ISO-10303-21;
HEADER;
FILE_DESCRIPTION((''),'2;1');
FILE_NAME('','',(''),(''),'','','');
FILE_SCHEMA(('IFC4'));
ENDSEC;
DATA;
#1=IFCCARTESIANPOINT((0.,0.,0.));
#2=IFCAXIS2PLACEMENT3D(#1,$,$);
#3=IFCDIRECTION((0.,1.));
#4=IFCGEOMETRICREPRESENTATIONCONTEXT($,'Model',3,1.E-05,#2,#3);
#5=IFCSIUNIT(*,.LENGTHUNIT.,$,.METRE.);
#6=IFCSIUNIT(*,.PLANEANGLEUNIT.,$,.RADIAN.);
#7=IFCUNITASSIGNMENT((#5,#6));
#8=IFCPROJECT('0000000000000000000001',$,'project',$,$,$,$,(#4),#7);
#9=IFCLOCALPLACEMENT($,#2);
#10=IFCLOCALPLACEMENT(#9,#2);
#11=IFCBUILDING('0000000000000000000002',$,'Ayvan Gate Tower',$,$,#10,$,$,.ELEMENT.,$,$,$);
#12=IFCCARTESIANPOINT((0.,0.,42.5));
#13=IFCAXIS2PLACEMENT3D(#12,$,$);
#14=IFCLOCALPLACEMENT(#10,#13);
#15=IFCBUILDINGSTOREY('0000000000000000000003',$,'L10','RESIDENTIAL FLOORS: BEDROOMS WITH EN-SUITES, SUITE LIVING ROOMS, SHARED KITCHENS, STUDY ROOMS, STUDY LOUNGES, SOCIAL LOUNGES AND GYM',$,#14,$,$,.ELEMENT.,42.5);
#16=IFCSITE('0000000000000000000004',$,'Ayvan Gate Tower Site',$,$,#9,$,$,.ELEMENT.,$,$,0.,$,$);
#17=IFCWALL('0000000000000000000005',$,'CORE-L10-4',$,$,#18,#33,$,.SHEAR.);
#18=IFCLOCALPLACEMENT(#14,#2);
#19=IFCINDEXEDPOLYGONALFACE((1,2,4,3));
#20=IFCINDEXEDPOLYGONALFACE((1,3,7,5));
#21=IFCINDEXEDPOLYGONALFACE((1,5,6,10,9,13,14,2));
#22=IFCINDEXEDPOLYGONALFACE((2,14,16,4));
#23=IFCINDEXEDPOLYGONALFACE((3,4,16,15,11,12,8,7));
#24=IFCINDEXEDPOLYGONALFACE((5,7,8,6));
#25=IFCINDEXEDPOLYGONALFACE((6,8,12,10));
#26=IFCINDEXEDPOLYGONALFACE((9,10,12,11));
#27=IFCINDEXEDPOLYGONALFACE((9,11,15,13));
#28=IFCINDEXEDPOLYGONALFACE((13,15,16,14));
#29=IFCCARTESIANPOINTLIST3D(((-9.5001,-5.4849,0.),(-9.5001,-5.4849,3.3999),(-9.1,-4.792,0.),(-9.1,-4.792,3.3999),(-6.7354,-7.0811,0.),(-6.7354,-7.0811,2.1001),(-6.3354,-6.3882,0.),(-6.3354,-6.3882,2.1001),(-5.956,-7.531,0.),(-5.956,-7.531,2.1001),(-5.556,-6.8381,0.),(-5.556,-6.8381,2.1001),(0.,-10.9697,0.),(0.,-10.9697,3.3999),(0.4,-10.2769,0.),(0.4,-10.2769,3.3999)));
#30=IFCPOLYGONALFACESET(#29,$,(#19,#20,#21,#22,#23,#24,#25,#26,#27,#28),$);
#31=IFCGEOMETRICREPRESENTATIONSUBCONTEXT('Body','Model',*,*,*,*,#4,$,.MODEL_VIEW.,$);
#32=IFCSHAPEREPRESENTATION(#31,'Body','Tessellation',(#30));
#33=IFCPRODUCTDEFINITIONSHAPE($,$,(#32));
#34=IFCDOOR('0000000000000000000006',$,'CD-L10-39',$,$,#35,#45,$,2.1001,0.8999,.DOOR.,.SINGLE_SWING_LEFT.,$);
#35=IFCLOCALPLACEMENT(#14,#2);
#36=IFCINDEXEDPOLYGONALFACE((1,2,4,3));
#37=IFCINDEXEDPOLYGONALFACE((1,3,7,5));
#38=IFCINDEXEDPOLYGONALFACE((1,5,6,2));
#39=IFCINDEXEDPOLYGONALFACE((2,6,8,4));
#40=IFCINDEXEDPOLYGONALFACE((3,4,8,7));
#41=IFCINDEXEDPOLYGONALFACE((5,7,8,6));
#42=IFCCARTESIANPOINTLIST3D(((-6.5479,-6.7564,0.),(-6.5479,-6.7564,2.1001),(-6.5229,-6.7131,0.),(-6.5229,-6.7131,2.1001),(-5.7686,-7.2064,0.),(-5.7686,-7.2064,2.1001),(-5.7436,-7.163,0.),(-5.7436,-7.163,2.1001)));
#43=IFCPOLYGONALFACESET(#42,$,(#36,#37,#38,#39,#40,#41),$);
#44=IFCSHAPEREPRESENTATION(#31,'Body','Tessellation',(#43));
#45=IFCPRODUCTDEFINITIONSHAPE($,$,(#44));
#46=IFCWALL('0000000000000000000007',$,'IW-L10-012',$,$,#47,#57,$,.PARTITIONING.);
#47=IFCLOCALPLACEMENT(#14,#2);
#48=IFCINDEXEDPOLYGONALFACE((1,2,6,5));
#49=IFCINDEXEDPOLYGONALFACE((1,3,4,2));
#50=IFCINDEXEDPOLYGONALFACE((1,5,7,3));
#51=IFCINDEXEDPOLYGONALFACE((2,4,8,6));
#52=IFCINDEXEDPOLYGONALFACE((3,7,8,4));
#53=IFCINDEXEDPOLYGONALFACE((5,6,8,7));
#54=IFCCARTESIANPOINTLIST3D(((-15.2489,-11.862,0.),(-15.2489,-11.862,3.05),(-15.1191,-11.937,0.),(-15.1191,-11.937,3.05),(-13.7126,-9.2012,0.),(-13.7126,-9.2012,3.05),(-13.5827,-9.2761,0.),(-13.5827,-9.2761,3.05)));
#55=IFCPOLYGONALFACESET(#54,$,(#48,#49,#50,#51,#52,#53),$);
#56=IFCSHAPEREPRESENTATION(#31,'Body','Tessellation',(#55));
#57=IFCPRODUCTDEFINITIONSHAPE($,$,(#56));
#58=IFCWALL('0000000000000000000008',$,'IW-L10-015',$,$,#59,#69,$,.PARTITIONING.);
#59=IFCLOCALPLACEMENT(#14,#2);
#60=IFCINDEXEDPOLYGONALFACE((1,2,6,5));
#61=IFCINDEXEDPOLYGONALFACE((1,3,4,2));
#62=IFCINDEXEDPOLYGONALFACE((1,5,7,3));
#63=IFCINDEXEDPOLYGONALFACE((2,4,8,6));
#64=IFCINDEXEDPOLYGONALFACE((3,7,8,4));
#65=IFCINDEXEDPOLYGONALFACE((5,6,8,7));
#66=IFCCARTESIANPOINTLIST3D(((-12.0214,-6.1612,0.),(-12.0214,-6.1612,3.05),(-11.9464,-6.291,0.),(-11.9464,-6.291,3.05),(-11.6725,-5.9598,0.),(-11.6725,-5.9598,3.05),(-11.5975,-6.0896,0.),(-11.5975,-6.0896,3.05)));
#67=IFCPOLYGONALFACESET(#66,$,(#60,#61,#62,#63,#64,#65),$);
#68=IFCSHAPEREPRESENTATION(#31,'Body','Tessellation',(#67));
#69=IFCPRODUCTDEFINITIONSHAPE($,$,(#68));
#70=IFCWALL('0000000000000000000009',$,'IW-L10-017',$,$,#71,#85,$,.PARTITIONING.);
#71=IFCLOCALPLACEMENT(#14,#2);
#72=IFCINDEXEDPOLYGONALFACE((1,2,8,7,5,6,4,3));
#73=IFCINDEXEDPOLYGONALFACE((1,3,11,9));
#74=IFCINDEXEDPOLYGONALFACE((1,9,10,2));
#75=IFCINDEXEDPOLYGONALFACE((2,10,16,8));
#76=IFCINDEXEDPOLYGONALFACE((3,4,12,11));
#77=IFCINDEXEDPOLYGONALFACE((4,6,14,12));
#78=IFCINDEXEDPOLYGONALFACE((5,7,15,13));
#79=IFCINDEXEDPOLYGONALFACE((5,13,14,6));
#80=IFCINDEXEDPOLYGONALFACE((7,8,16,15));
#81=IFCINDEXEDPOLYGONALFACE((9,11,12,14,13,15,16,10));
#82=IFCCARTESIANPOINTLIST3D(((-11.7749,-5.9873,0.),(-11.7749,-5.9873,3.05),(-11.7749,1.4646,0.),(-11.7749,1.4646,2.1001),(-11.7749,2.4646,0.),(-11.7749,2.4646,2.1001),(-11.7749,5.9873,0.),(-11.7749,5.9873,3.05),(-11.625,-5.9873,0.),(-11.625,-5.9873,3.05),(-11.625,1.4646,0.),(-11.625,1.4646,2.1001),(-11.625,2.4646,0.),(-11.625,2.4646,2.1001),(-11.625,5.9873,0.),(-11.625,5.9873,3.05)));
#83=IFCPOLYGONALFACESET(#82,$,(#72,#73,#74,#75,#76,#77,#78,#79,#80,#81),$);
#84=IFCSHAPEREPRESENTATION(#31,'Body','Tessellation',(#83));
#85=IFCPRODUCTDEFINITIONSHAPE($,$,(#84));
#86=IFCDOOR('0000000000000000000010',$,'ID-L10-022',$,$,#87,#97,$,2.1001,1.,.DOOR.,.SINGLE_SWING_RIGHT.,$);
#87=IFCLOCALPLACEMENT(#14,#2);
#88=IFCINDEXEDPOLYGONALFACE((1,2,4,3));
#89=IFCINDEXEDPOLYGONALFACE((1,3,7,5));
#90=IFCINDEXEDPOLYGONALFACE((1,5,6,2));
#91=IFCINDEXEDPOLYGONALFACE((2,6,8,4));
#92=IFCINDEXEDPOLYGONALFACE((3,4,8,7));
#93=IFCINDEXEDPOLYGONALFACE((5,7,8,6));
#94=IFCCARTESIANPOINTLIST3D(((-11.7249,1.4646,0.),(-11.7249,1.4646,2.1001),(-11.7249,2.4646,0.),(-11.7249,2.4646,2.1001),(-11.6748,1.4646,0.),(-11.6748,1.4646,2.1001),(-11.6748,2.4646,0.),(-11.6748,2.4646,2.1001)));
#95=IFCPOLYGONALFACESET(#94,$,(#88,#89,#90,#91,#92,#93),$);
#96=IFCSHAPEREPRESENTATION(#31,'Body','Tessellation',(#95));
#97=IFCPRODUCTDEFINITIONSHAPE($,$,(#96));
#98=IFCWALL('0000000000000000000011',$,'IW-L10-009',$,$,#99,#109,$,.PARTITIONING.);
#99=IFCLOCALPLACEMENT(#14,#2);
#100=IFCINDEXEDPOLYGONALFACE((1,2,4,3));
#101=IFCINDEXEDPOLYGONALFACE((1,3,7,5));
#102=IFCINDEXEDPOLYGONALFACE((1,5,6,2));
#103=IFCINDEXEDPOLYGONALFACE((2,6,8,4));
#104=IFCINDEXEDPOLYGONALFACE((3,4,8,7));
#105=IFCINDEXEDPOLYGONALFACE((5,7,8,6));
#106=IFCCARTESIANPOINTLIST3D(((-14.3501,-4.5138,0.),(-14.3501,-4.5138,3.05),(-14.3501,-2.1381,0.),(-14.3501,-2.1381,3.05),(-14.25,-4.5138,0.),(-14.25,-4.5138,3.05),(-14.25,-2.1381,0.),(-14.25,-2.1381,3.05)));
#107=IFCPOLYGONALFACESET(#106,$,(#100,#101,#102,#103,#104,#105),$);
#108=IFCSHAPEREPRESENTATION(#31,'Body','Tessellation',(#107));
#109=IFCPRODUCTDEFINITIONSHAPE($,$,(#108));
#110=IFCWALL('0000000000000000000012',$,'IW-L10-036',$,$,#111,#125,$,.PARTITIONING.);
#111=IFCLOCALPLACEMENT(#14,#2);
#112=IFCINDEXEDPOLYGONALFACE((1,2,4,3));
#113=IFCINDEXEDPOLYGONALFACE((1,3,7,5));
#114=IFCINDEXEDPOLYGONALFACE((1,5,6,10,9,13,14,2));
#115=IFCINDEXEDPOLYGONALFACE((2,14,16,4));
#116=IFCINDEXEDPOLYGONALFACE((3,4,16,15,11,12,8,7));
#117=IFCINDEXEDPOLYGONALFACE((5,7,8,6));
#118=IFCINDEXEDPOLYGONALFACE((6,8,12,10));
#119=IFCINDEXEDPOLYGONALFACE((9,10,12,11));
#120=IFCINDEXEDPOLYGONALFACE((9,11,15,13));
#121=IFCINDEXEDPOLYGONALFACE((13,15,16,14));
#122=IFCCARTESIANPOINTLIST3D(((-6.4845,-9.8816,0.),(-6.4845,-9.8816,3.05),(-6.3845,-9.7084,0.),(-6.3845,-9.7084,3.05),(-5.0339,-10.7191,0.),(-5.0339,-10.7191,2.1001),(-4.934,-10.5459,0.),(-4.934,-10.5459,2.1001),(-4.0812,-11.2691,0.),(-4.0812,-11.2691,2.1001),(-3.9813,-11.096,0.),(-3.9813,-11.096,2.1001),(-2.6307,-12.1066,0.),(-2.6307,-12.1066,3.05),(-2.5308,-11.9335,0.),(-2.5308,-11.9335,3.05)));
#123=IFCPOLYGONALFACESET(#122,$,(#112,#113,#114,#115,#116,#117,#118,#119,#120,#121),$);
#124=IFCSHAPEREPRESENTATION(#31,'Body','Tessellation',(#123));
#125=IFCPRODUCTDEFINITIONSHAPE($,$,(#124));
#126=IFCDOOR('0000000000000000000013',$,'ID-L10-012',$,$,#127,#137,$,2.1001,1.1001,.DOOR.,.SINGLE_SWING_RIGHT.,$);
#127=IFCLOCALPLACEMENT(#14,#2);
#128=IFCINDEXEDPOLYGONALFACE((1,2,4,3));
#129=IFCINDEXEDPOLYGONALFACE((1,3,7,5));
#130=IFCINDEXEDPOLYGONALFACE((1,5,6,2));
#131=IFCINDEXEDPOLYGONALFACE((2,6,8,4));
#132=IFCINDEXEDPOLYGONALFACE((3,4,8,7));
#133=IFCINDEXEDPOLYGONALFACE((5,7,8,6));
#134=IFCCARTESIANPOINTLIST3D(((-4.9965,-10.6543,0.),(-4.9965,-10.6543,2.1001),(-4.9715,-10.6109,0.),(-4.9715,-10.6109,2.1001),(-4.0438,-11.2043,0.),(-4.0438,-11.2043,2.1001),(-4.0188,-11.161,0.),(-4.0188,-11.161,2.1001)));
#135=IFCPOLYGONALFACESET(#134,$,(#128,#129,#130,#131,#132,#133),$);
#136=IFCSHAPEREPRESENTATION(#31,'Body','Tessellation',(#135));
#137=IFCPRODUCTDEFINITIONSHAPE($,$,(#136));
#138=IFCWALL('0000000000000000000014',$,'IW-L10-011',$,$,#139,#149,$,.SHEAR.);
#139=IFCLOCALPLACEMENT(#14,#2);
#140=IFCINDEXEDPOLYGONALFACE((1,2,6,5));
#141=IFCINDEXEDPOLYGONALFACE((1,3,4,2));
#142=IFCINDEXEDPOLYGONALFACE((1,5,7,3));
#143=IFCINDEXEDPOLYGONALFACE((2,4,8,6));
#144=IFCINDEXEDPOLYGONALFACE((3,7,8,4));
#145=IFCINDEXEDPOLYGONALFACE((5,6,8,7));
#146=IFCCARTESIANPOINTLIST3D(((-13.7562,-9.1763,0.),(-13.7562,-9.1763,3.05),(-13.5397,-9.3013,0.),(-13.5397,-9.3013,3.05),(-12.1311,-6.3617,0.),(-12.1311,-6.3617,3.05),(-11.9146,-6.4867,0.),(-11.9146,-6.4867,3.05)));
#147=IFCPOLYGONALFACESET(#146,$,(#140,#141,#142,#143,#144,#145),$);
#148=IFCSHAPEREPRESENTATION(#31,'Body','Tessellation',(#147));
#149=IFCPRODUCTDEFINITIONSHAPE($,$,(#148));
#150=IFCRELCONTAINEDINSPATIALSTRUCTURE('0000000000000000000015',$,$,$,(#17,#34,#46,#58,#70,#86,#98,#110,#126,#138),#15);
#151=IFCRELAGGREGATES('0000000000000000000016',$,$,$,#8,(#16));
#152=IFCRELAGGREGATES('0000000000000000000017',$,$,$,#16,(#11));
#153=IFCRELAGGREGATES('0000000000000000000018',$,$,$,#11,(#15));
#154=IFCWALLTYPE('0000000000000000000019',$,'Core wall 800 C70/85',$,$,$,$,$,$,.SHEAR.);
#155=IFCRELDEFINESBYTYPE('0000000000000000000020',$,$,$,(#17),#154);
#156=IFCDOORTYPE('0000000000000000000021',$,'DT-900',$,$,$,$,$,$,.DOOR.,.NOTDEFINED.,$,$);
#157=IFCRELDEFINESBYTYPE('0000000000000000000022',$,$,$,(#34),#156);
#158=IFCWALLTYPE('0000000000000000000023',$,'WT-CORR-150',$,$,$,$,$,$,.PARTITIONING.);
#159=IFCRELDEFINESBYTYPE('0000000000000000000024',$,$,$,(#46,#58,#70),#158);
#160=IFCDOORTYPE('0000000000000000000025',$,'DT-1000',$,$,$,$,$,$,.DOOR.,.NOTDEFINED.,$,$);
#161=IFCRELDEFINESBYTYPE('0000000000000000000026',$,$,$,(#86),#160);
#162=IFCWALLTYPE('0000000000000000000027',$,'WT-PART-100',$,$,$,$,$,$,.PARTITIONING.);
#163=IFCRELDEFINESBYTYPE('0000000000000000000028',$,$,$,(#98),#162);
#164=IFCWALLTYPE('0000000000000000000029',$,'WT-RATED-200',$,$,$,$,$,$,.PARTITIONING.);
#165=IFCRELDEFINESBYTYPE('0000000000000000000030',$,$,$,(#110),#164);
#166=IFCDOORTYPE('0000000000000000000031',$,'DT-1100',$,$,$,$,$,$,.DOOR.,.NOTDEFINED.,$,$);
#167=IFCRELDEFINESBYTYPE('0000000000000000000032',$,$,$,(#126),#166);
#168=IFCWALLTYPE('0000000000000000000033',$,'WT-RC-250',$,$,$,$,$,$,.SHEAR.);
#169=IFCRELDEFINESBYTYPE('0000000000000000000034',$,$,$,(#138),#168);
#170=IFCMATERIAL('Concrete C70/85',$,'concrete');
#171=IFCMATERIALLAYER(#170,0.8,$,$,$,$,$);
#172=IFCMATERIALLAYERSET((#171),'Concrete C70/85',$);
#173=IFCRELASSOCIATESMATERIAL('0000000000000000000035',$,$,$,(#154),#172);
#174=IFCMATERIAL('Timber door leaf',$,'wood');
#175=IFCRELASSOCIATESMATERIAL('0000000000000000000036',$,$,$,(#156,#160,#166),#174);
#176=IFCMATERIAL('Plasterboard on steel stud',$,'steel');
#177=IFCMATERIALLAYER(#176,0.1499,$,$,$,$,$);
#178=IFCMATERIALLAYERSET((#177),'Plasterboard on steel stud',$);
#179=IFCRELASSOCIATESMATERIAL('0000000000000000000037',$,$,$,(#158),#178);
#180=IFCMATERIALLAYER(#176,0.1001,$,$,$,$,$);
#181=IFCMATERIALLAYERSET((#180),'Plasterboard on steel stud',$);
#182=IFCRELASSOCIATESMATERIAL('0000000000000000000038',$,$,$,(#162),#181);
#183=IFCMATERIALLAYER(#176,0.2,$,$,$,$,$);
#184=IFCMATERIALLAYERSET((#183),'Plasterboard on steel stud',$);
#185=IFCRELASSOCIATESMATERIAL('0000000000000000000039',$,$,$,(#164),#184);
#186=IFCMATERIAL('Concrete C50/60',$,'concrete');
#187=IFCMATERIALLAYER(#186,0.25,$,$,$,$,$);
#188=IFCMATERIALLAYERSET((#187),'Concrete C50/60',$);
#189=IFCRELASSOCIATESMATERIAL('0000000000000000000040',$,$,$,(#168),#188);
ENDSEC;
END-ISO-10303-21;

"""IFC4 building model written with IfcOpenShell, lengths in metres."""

from ifc_helpers import new_model, si_unit, direction, frame, frame_2d, origin, place, context, subcontext, project, spatial, rectangle, extrude, material, layer, layer_set, type_object, element, fill, save


model = new_model("IFC4")

# Units and contexts
model_context = context("Model", 3, precision=1e-05, world=origin(), true_north=direction((0.0, 1.0)))
body_context = subcontext(model_context, "Body", "Model", "MODEL_VIEW")
ifc_project = project(units=[si_unit("LENGTHUNIT", "METRE"), si_unit("PLANEANGLEUNIT", "RADIAN")], contexts=[model_context])

# Site, building, storey
site_placement = place(None, origin())
site = spatial("IfcSite", under=ifc_project, at=site_placement, Name="Ayvan Gate Tower Site", CompositionType="ELEMENT", RefElevation=0.0)
building_placement = place(site_placement, origin())
building = spatial("IfcBuilding", under=site, at=building_placement, Name="Ayvan Gate Tower", CompositionType="ELEMENT")
storey_placement = place(building_placement, frame((0.0, 0.0, 42.5)))
storey = spatial("IfcBuildingStorey", under=building, at=storey_placement, Name="L10", Description="RESIDENTIAL FLOORS: BEDROOMS WITH EN-SUITES, SUITE LIVING ROOMS, SHARED KITCHENS, STUDY ROOMS, STUDY LOUNGES, SOCIAL LOUNGES AND GYM", CompositionType="ELEMENT", Elevation=42.5)

# Wall, opening, door
ifc_material_1 = material(Name="Concrete C70/85", Category="concrete")
ifc_layer_1 = layer(ifc_material_1, 0.8)
ifc_layer_set_1 = layer_set([ifc_layer_1], Name="Concrete C70/85")
wall_type_1 = type_object("IfcWallType", Name="Core wall 800 C70/85", PredefinedType="SHEAR", material=ifc_layer_set_1)
wall_1_placement = place(storey_placement, frame((-9.3, -5.1384, 0.0), z_axis=(0.0, 0.0, 1.0), x_axis=(0.866024, -0.500002, 0.0)))
wall_1 = element("IfcWall", 1, at=wall_1_placement, inside=storey, type_object=wall_type_1, Name="CORE-L10-4", PredefinedType="SHEAR", context=body_context, shape_type="SweptSolid", body=[
    extrude(rectangle(XDim=10.9697, YDim=0.8, at=frame_2d((5.4849, 0.0))), origin(), (0.0, 0.0, 1.0), 3.3999),
])
opening_1_placement = place(wall_1_placement, frame((3.1924, 0.0, 0.0)))
opening_1 = element("IfcOpeningElement", 2, at=opening_1_placement, cuts=wall_1, PredefinedType="OPENING", context=body_context, shape_type="SweptSolid", body=[
    extrude(rectangle(XDim=0.8999, YDim=2.1001, at=frame_2d((0.45, 1.05))), frame((0.0, 0.4099, 0.0), z_axis=(0.0, -1.0, 0.0), x_axis=(1.0, 0.0, 0.0)), (0.0, 0.0, 1.0), 0.8201),
])
ifc_material_2 = material(Name="Timber door leaf", Category="wood")
door_type_1 = type_object("IfcDoorType", Name="DT-900", OperationType="NOTDEFINED", PredefinedType="DOOR", material=ifc_material_2)
door_1_placement = place(opening_1_placement, origin())
door_1 = element("IfcDoor", 3, at=door_1_placement, inside=storey, type_object=door_type_1, Name="CD-L10-39", OperationType="SINGLE_SWING_LEFT", OverallHeight=2.1001, OverallWidth=0.8999, PredefinedType="DOOR", context=body_context, shape_type="SweptSolid", body=[
    extrude(rectangle(XDim=0.8999, YDim=2.1001, at=frame_2d((0.45, 1.05))), frame((0.0, 0.0249, 0.0), z_axis=(0.0, -1.0, 0.0), x_axis=(1.0, 0.0, 0.0)), (0.0, 0.0, 1.0), 0.05),
])
fill(opening_1, door_1)

# Walls
ifc_material_3 = material(Name="Plasterboard on steel stud", Category="steel")
ifc_layer_2 = layer(ifc_material_3, 0.1499)
ifc_layer_set_2 = layer_set([ifc_layer_2], Name="Plasterboard on steel stud")
wall_type_2 = type_object("IfcWallType", Name="WT-CORR-150", PredefinedType="PARTITIONING", material=ifc_layer_set_2)
wall_2_placement = place(storey_placement, frame((-13.6477, -9.2388, 0.0), z_axis=(0.0, 0.0, 1.0), x_axis=(-0.500027, -0.86601, 0.0)))
element("IfcWall", 4, at=wall_2_placement, inside=storey, type_object=wall_type_2, Name="IW-L10-012", PredefinedType="PARTITIONING", context=body_context, shape_type="SweptSolid", body=[
    extrude(rectangle(XDim=3.0725, YDim=0.1499, at=frame_2d((1.5361, 0.0))), origin(), (0.0, 0.0, 1.0), 3.05),
])
wall_3_placement = place(storey_placement, frame((-11.9839, -6.2261, 0.0), z_axis=(0.0, 0.0, 1.0), x_axis=(0.866034, 0.499985, 0.0)))
element("IfcWall", 5, at=wall_3_placement, inside=storey, type_object=wall_type_2, Name="IW-L10-015", PredefinedType="PARTITIONING", context=body_context, shape_type="SweptSolid", body=[
    extrude(rectangle(XDim=0.4028, YDim=0.1499, at=frame_2d((0.2014, 0.0))), origin(), (0.0, 0.0, 1.0), 3.05),
])

# Wall, opening, door
wall_4_placement = place(storey_placement, frame((-11.7, -5.9873, 0.0), z_axis=(0.0, 0.0, 1.0), x_axis=(0.0, 1.0, 0.0)))
wall_4 = element("IfcWall", 6, at=wall_4_placement, inside=storey, type_object=wall_type_2, Name="IW-L10-017", PredefinedType="PARTITIONING", context=body_context, shape_type="SweptSolid", body=[
    extrude(rectangle(XDim=11.9746, YDim=0.1499, at=frame_2d((5.9873, 0.0))), origin(), (0.0, 0.0, 1.0), 3.05),
])
opening_2_placement = place(wall_4_placement, frame((7.4519, 0.0, 0.0)))
opening_2 = element("IfcOpeningElement", 7, at=opening_2_placement, cuts=wall_4, PredefinedType="OPENING", context=body_context, shape_type="SweptSolid", body=[
    extrude(rectangle(XDim=1.0, YDim=2.1001, at=frame_2d((0.5, 1.05))), frame((0.0, 0.085, 0.0), z_axis=(0.0, -1.0, 0.0), x_axis=(1.0, 0.0, 0.0)), (0.0, 0.0, 1.0), 0.1699),
])
door_type_2 = type_object("IfcDoorType", Name="DT-1000", OperationType="NOTDEFINED", PredefinedType="DOOR", material=ifc_material_2)
door_2_placement = place(opening_2_placement, origin())
door_2 = element("IfcDoor", 8, at=door_2_placement, inside=storey, type_object=door_type_2, Name="ID-L10-022", OperationType="SINGLE_SWING_RIGHT", OverallHeight=2.1001, OverallWidth=1.0, PredefinedType="DOOR", context=body_context, shape_type="SweptSolid", body=[
    extrude(rectangle(XDim=1.0, YDim=2.1001, at=frame_2d((0.5, 1.05))), frame((0.0, 0.0249, 0.0), z_axis=(0.0, -1.0, 0.0), x_axis=(1.0, 0.0, 0.0)), (0.0, 0.0, 1.0), 0.05),
])
fill(opening_2, door_2)

# Wall
ifc_layer_3 = layer(ifc_material_3, 0.1001)
ifc_layer_set_3 = layer_set([ifc_layer_3], Name="Plasterboard on steel stud")
wall_type_3 = type_object("IfcWallType", Name="WT-PART-100", PredefinedType="PARTITIONING", material=ifc_layer_set_3)
wall_5_placement = place(storey_placement, frame((-14.3, -2.1379, 0.0), z_axis=(0.0, 0.0, 1.0), x_axis=(0.0, -1.0, 0.0)))
element("IfcWall", 9, at=wall_5_placement, inside=storey, type_object=wall_type_3, Name="IW-L10-009", PredefinedType="PARTITIONING", context=body_context, shape_type="SweptSolid", body=[
    extrude(rectangle(XDim=2.3757, YDim=0.1001, at=frame_2d((1.188, 0.0))), origin(), (0.0, 0.0, 1.0), 3.05),
])

# Wall, opening, door
ifc_layer_4 = layer(ifc_material_3, 0.2)
ifc_layer_set_4 = layer_set([ifc_layer_4], Name="Plasterboard on steel stud")
wall_type_4 = type_object("IfcWallType", Name="WT-RATED-200", PredefinedType="PARTITIONING", material=ifc_layer_set_4)
wall_6_placement = place(storey_placement, frame((-6.4346, -9.7949, 0.0), z_axis=(0.0, 0.0, 1.0), x_axis=(0.866013, -0.500022, 0.0)))
wall_6 = element("IfcWall", 10, at=wall_6_placement, inside=storey, type_object=wall_type_4, Name="IW-L10-036", PredefinedType="PARTITIONING", context=body_context, shape_type="SweptSolid", body=[
    extrude(rectangle(XDim=4.45, YDim=0.2, at=frame_2d((2.2251, 0.0))), origin(), (0.0, 0.0, 1.0), 3.05),
])
opening_3_placement = place(wall_6_placement, frame((1.675, 0.0, 0.0)))
opening_3 = element("IfcOpeningElement", 11, at=opening_3_placement, cuts=wall_6, PredefinedType="OPENING", context=body_context, shape_type="SweptSolid", body=[
    extrude(rectangle(XDim=1.1001, YDim=2.1001, at=frame_2d((0.55, 1.05))), frame((0.0, 0.1099, 0.0), z_axis=(0.0, -1.0, 0.0), x_axis=(1.0, 0.0, 0.0)), (0.0, 0.0, 1.0), 0.22),
])
door_type_3 = type_object("IfcDoorType", Name="DT-1100", OperationType="NOTDEFINED", PredefinedType="DOOR", material=ifc_material_2)
door_3_placement = place(opening_3_placement, origin())
door_3 = element("IfcDoor", 12, at=door_3_placement, inside=storey, type_object=door_type_3, Name="ID-L10-012", OperationType="SINGLE_SWING_RIGHT", OverallHeight=2.1001, OverallWidth=1.1001, PredefinedType="DOOR", context=body_context, shape_type="SweptSolid", body=[
    extrude(rectangle(XDim=1.1001, YDim=2.1001, at=frame_2d((0.55, 1.05))), frame((0.0, 0.0249, 0.0), z_axis=(0.0, -1.0, 0.0), x_axis=(1.0, 0.0, 0.0)), (0.0, 0.0, 1.0), 0.05),
])
fill(opening_3, door_3)

# Wall
ifc_material_4 = material(Name="Concrete C50/60", Category="concrete")
ifc_layer_5 = layer(ifc_material_4, 0.25)
ifc_layer_set_5 = layer_set([ifc_layer_5], Name="Concrete C50/60")
wall_type_5 = type_object("IfcWallType", Name="WT-RC-250", PredefinedType="SHEAR", material=ifc_layer_set_5)
wall_7_placement = place(storey_placement, frame((-13.6479, -9.2388, 0.0), z_axis=(0.0, 0.0, 1.0), x_axis=(0.500017, 0.866015, 0.0)))
element("IfcWall", 13, at=wall_7_placement, inside=storey, type_object=wall_type_5, Name="IW-L10-011", PredefinedType="SHEAR", context=body_context, shape_type="SweptSolid", body=[
    extrude(rectangle(XDim=3.25, YDim=0.25, at=frame_2d((1.625, 0.0))), origin(), (0.0, 0.0, 1.0), 3.05),
])

save(model, "model.ifc")
